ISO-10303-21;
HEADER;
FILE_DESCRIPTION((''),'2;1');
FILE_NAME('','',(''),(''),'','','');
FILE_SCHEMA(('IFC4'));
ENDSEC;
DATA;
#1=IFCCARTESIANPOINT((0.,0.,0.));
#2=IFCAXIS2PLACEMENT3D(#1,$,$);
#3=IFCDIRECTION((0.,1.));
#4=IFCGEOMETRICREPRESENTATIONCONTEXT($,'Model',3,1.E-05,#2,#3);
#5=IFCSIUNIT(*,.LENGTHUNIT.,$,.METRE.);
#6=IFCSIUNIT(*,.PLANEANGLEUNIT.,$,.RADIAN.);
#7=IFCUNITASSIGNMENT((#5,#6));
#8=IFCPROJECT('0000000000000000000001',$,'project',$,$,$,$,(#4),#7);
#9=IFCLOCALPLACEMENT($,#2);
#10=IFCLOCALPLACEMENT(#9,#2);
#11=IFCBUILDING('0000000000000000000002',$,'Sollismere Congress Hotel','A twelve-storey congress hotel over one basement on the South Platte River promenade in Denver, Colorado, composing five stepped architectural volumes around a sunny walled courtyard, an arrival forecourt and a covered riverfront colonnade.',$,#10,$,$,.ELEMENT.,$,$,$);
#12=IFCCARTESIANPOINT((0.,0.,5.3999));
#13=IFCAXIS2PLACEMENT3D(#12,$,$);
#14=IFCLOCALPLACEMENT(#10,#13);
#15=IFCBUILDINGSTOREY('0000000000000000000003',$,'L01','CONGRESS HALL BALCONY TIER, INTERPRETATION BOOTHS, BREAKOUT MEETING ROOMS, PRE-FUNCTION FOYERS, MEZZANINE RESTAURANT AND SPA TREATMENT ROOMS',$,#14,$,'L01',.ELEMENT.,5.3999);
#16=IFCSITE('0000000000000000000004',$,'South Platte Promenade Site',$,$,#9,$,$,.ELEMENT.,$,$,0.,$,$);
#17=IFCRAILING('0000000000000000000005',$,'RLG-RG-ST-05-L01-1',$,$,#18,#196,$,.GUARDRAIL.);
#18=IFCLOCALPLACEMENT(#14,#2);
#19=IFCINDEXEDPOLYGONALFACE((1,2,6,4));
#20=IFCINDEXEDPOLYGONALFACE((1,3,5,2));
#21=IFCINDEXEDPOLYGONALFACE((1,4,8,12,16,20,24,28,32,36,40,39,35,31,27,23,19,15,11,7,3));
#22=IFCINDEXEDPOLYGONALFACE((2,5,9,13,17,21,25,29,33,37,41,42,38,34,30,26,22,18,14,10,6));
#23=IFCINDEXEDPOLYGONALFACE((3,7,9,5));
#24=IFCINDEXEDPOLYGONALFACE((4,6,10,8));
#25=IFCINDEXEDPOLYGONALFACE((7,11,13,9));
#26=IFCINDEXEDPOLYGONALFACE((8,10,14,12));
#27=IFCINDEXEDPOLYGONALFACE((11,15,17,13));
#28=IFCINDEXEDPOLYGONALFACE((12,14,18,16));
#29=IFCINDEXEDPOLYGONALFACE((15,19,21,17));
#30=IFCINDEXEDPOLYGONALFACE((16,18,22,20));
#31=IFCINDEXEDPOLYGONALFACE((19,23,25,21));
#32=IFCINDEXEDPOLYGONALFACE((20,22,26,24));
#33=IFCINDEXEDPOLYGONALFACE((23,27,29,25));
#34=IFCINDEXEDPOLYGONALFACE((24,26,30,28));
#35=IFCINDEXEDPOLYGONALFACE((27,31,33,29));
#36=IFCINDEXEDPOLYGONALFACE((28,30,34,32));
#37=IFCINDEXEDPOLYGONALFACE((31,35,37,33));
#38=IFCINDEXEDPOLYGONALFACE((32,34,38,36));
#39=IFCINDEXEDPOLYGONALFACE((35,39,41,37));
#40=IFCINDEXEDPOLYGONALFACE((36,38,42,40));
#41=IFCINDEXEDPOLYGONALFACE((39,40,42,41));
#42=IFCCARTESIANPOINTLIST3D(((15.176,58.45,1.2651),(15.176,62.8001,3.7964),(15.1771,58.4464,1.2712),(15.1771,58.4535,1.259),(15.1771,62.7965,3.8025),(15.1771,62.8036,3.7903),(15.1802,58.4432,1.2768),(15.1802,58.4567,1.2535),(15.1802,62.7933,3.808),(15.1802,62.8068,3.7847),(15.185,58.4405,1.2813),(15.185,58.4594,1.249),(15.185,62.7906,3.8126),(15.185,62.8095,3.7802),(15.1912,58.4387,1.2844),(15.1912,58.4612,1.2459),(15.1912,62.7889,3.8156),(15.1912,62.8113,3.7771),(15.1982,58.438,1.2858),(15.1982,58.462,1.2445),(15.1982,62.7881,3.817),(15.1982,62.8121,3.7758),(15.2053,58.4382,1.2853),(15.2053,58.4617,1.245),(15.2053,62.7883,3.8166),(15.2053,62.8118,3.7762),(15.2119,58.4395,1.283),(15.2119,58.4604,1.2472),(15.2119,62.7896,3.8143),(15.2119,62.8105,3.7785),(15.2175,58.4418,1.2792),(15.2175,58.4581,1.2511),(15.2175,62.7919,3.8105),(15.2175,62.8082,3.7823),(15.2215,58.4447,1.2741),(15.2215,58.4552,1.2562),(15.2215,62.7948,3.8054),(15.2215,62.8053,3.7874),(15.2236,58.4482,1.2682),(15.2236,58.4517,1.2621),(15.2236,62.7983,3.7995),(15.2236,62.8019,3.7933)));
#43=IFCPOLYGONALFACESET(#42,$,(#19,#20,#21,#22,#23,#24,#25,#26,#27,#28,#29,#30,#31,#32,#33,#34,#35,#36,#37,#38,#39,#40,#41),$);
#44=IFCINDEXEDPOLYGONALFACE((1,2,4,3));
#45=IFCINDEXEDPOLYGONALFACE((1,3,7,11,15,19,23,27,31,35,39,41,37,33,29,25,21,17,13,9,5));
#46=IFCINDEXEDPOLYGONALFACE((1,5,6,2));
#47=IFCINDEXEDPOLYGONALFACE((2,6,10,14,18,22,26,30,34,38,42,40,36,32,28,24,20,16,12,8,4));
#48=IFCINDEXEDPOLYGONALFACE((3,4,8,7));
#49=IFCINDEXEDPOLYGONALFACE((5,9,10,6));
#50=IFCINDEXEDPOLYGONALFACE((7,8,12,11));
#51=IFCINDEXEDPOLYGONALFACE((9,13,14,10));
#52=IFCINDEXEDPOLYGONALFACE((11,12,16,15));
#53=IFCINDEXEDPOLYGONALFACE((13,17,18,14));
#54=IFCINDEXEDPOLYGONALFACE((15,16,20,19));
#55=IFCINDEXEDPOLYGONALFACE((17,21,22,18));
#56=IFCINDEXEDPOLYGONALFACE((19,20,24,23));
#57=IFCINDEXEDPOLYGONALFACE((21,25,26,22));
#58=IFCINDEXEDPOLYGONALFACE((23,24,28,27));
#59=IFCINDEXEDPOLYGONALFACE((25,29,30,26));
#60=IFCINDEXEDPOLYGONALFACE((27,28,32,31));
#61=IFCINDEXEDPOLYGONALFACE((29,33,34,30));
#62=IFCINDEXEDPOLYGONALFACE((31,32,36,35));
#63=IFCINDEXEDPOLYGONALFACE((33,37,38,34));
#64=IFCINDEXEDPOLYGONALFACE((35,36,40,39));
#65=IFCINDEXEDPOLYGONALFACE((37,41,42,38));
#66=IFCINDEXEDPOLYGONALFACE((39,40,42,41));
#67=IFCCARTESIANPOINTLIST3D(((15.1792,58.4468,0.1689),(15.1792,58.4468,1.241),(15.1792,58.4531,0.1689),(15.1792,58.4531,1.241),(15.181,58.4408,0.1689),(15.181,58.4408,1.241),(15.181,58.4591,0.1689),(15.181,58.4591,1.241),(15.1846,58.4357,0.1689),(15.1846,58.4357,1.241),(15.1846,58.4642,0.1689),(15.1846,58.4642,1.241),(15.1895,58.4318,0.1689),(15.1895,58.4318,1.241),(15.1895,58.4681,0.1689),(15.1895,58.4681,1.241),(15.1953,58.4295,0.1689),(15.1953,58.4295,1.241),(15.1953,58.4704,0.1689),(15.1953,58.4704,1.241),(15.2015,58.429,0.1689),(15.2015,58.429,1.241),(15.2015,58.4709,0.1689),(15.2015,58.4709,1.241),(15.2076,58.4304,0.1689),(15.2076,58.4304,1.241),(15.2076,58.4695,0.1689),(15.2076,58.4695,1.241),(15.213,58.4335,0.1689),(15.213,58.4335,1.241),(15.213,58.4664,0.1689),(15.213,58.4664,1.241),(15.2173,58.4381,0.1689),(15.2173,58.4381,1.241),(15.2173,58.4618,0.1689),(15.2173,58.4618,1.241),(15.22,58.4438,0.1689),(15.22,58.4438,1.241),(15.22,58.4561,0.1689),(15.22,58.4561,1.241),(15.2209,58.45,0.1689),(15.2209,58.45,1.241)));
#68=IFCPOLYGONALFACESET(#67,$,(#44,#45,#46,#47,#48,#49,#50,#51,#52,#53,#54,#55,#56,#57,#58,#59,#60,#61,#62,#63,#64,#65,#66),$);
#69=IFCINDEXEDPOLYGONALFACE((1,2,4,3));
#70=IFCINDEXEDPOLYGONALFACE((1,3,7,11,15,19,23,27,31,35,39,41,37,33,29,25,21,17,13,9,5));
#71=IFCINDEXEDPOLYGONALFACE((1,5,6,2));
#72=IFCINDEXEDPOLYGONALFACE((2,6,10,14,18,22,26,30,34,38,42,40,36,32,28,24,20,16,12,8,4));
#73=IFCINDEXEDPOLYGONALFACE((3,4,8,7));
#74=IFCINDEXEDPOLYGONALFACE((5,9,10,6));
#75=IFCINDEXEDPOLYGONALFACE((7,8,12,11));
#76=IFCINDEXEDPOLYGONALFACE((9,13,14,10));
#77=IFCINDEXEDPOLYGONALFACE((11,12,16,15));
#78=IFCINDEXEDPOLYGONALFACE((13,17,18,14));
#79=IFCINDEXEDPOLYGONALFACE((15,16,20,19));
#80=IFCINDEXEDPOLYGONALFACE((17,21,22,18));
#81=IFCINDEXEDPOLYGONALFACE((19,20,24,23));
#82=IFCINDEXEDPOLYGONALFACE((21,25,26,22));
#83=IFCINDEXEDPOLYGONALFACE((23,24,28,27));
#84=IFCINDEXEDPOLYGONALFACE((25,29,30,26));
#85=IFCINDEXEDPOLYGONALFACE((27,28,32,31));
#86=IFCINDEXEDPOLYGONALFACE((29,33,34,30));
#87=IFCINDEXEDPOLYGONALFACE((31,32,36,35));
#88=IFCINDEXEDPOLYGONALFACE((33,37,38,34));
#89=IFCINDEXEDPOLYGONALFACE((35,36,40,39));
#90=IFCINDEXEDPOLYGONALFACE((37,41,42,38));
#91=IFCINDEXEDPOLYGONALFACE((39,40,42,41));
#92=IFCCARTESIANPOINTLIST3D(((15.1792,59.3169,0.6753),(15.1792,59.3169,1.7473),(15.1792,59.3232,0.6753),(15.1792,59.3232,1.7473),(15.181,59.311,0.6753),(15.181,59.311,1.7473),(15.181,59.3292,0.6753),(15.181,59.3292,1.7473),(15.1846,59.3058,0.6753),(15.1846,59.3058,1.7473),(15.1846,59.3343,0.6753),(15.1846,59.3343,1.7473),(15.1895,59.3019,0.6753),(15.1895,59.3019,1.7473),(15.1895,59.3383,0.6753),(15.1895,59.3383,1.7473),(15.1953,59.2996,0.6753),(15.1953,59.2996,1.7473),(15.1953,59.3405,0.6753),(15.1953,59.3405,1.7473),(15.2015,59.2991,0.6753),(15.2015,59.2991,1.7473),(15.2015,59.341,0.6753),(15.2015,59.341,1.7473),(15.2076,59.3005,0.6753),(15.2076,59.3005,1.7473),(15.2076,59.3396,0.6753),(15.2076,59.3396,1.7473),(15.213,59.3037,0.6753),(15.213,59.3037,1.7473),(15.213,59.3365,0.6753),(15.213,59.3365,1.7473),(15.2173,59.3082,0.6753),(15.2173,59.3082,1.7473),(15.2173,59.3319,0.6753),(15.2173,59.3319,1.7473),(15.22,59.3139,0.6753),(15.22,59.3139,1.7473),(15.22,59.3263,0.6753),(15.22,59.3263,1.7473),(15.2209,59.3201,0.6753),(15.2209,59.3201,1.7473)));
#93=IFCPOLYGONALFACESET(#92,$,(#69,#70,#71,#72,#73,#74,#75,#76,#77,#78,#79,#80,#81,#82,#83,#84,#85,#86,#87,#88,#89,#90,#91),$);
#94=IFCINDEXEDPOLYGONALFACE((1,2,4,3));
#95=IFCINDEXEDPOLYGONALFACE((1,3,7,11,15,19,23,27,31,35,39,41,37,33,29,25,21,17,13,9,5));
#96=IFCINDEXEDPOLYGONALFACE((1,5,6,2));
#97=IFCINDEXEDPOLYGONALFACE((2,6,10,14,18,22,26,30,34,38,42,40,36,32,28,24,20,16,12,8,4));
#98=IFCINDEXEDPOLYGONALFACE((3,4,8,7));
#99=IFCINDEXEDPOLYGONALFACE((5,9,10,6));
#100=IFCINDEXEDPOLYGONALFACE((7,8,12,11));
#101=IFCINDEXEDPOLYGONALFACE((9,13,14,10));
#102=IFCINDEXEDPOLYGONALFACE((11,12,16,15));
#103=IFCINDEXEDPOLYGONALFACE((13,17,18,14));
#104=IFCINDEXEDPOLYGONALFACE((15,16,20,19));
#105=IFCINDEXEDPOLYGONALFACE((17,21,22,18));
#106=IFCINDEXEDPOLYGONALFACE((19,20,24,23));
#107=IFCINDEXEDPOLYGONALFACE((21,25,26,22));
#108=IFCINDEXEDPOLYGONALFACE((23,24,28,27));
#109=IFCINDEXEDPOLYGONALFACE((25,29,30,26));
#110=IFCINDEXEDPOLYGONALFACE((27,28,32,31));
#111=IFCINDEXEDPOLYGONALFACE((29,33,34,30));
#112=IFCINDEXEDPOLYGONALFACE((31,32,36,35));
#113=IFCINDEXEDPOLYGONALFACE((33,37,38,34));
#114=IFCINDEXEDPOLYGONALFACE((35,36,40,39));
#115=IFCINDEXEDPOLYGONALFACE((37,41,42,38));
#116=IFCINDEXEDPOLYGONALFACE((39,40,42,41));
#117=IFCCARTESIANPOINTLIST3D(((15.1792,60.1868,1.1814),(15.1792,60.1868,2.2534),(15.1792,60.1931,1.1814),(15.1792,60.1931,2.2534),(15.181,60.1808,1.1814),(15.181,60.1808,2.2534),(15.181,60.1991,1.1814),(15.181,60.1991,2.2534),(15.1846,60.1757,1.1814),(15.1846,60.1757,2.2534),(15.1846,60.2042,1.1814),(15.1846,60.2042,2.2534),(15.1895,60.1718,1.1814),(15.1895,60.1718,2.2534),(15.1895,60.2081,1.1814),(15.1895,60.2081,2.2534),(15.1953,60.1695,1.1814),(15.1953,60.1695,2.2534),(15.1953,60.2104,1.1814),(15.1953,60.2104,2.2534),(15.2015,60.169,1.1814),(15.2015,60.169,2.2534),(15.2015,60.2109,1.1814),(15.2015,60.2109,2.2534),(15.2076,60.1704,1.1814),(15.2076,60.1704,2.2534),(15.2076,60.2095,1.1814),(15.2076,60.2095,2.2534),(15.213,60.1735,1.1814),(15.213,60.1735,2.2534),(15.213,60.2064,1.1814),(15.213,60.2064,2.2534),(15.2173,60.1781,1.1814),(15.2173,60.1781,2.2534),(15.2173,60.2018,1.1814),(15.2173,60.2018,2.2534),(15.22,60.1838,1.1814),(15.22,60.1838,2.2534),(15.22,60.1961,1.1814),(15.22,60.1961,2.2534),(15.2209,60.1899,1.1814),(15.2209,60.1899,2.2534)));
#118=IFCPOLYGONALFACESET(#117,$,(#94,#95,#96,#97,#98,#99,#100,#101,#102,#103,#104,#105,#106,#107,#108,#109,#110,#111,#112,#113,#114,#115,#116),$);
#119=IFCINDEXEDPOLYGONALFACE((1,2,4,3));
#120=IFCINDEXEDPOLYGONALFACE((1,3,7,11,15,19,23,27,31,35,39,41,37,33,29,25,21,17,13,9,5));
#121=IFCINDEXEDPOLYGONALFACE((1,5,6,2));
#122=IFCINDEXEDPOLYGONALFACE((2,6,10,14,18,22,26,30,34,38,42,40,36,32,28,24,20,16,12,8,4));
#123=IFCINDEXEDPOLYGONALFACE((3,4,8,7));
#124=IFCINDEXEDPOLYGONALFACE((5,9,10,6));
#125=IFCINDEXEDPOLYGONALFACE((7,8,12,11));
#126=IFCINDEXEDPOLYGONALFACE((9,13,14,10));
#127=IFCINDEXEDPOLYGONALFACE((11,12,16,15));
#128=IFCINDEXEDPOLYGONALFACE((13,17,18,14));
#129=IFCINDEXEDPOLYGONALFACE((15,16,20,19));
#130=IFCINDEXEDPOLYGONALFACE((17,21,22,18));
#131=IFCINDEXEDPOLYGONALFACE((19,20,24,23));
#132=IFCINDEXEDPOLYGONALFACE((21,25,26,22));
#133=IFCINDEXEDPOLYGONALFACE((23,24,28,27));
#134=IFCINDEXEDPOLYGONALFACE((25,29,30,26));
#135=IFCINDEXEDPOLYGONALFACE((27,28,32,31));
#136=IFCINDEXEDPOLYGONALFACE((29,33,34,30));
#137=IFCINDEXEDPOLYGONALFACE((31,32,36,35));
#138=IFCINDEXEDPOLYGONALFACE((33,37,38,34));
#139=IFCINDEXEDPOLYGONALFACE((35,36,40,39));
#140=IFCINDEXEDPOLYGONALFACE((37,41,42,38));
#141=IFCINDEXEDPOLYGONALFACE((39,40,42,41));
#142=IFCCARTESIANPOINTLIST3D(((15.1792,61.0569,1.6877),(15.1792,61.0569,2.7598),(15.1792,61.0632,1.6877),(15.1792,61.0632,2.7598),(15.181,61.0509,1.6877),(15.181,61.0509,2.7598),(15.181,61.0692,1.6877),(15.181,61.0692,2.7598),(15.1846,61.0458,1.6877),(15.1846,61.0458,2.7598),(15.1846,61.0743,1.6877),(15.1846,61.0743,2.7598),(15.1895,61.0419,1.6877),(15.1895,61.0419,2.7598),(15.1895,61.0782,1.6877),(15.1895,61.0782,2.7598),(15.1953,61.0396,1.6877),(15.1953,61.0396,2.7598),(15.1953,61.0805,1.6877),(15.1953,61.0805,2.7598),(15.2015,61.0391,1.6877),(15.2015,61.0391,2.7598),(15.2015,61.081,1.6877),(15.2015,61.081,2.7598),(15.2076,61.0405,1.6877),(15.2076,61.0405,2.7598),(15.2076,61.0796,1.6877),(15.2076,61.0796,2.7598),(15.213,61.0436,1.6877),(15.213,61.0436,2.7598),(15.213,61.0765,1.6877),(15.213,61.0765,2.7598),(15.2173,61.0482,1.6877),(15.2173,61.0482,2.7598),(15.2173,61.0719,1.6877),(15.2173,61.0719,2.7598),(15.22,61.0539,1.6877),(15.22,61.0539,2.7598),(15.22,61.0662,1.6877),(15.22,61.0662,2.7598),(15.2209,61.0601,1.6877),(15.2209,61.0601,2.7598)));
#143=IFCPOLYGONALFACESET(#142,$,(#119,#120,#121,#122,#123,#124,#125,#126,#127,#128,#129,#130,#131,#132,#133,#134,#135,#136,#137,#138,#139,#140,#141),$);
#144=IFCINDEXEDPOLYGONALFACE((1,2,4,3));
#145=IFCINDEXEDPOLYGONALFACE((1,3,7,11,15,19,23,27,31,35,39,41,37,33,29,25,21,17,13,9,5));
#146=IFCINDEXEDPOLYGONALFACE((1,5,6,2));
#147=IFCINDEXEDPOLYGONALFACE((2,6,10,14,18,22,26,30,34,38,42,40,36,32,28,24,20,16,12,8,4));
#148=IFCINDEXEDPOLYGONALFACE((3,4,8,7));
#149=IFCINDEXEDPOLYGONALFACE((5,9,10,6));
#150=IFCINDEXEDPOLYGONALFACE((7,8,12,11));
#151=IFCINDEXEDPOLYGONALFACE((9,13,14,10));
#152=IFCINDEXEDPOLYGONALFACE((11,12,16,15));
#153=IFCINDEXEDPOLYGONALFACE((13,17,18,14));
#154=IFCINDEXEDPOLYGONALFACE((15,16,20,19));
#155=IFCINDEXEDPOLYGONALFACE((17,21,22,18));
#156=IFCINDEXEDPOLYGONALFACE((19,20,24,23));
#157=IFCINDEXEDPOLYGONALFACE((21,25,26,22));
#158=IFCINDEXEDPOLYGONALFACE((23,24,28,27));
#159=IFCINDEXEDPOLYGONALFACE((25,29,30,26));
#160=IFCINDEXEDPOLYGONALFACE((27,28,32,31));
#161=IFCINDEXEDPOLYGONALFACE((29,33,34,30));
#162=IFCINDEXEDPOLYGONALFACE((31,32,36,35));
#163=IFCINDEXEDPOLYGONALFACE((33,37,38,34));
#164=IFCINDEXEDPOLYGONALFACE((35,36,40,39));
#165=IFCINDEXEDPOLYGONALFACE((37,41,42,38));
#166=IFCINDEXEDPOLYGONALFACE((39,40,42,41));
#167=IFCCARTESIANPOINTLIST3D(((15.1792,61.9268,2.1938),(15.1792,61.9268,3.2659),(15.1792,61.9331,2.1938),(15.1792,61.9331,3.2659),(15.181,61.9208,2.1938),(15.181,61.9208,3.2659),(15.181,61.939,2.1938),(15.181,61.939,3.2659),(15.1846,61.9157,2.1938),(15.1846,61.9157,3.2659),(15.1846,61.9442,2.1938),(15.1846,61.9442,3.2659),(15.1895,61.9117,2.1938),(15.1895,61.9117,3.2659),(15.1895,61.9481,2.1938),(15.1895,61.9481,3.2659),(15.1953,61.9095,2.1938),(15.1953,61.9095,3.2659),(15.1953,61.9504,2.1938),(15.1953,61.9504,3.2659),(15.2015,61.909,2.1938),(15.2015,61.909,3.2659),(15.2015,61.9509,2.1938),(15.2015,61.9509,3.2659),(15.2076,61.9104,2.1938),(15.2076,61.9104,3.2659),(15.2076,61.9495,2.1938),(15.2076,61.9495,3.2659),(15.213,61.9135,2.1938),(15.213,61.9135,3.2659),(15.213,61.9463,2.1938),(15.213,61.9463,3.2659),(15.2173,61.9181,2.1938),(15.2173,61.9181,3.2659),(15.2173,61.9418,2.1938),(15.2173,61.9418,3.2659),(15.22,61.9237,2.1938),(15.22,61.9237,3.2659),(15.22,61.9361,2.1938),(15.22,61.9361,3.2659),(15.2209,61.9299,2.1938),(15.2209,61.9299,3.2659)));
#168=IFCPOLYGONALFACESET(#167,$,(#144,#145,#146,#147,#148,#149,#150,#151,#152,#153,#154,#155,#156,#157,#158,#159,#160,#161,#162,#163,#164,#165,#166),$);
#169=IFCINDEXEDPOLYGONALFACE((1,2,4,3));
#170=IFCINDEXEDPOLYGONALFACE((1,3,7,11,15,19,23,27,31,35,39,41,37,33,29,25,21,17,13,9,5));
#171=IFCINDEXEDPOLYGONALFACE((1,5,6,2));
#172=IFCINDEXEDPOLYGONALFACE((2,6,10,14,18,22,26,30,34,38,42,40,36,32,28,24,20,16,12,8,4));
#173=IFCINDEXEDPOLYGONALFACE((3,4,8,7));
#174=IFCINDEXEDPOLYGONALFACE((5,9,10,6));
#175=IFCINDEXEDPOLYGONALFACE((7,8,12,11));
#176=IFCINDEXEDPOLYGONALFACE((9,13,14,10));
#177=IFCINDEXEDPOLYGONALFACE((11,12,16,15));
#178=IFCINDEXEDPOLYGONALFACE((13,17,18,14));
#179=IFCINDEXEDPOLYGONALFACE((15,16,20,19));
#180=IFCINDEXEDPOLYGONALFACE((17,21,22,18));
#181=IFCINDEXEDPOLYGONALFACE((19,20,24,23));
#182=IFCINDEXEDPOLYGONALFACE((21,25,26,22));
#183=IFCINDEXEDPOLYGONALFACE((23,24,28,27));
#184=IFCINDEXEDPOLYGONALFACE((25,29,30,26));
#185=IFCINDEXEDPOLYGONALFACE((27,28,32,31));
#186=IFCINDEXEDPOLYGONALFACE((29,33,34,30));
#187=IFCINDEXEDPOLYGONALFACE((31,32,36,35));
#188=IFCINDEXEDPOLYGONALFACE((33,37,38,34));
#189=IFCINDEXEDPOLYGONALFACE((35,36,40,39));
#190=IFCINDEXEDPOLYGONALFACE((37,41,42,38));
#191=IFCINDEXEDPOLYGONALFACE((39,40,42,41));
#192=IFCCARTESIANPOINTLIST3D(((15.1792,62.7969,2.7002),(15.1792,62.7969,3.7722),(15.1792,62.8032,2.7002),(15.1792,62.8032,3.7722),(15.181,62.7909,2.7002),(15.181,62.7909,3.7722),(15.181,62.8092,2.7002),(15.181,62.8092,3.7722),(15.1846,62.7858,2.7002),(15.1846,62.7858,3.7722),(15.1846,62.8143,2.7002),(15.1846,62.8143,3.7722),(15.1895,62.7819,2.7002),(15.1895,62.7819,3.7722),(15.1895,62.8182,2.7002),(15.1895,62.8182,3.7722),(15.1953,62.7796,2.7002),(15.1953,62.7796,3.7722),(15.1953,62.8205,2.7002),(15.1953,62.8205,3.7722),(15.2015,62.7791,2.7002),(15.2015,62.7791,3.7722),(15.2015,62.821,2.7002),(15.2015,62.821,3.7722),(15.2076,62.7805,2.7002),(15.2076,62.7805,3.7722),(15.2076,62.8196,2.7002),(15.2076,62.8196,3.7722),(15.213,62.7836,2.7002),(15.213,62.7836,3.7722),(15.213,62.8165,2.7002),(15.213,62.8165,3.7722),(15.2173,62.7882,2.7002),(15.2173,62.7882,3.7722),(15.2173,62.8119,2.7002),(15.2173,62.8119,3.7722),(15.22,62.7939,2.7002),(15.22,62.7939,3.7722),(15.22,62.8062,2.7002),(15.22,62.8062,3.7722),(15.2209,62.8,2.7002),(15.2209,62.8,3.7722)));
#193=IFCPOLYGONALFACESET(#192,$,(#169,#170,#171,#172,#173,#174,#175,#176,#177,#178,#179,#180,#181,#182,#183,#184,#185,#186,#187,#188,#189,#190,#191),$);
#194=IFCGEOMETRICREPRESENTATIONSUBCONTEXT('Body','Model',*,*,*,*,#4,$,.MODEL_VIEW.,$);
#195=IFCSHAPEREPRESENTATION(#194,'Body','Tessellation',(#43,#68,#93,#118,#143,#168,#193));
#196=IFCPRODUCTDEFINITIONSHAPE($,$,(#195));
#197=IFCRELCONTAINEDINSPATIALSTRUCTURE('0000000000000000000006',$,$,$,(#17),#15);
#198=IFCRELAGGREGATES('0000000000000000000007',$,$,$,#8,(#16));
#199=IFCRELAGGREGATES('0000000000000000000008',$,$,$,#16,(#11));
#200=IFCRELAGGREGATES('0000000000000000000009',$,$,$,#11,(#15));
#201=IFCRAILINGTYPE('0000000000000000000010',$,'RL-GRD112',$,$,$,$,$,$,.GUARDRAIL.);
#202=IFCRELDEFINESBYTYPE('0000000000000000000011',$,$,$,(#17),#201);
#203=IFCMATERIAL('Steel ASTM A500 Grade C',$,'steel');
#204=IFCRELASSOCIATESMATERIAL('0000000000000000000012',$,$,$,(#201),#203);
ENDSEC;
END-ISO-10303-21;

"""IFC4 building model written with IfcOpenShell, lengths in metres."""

from ifc_helpers import new_model, si_unit, direction, frame, origin, origin_2d, place, context, subcontext, project, spatial, circle, extrude, material, type_object, element, save


model = new_model("IFC4")

# Units and contexts
model_context = context("Model", 3, precision=1e-05, world=origin(), true_north=direction((0.0, 1.0)))
body_context = subcontext(model_context, "Body", "Model", "MODEL_VIEW")
ifc_project = project(units=[si_unit("LENGTHUNIT", "METRE"), si_unit("PLANEANGLEUNIT", "RADIAN")], contexts=[model_context])

# Site, building, storey
site_placement = place(None, origin())
site = spatial("IfcSite", under=ifc_project, at=site_placement, Name="South Platte Promenade Site", CompositionType="ELEMENT", RefElevation=0.0)
building_placement = place(site_placement, origin())
building = spatial("IfcBuilding", under=site, at=building_placement, Name="Sollismere Congress Hotel", Description="A twelve-storey congress hotel over one basement on the South Platte River promenade in Denver, Colorado, composing five stepped architectural volumes around a sunny walled courtyard, an arrival forecourt and a covered riverfront colonnade.", CompositionType="ELEMENT")
storey_placement = place(building_placement, frame((0.0, 0.0, 5.3999)))
storey = spatial("IfcBuildingStorey", under=building, at=storey_placement, Name="L01", Description="CONGRESS HALL BALCONY TIER, INTERPRETATION BOOTHS, BREAKOUT MEETING ROOMS, PRE-FUNCTION FOYERS, MEZZANINE RESTAURANT AND SPA TREATMENT ROOMS", LongName="L01", CompositionType="ELEMENT", Elevation=5.3999)

# Railing
ifc_material_1 = material(Name="Steel ASTM A500 Grade C", Category="steel")
railing_type_1 = type_object("IfcRailingType", Name="RL-GRD112", PredefinedType="GUARDRAIL", material=ifc_material_1)
railing_1_placement = place(storey_placement, frame((15.2, 58.45, 0.1689)))
element("IfcRailing", 1, at=railing_1_placement, inside=storey, type_object=railing_type_1, Name="RLG-RG-ST-05-L01-1", PredefinedType="GUARDRAIL", context=body_context, shape_type="SweptSolid", body=[
    extrude(circle(Radius=0.0239, at=origin_2d()), frame((0.0, 0.0, 1.0962), z_axis=(0.0, 0.864324, 0.502936), x_axis=(-1.0, 0.0, 0.0)), (0.0, 0.0, 1.0), 5.033),
    extrude(circle(Radius=0.021, at=origin_2d()), origin(), (0.0, 0.0, 1.0), 1.072),
    extrude(circle(Radius=0.021, at=origin_2d()), frame((0.0, 0.8701, 0.5063)), (0.0, 0.0, 1.0), 1.072),
    extrude(circle(Radius=0.021, at=origin_2d()), frame((0.0, 1.74, 1.0125)), (0.0, 0.0, 1.0), 1.072),
    extrude(circle(Radius=0.021, at=origin_2d()), frame((0.0, 2.6101, 1.5188)), (0.0, 0.0, 1.0), 1.072),
    extrude(circle(Radius=0.021, at=origin_2d()), frame((0.0, 3.48, 2.0249)), (0.0, 0.0, 1.0), 1.072),
    extrude(circle(Radius=0.021, at=origin_2d()), frame((0.0, 4.3501, 2.5312)), (0.0, 0.0, 1.0), 1.072),
])

save(model, "model.ifc")
